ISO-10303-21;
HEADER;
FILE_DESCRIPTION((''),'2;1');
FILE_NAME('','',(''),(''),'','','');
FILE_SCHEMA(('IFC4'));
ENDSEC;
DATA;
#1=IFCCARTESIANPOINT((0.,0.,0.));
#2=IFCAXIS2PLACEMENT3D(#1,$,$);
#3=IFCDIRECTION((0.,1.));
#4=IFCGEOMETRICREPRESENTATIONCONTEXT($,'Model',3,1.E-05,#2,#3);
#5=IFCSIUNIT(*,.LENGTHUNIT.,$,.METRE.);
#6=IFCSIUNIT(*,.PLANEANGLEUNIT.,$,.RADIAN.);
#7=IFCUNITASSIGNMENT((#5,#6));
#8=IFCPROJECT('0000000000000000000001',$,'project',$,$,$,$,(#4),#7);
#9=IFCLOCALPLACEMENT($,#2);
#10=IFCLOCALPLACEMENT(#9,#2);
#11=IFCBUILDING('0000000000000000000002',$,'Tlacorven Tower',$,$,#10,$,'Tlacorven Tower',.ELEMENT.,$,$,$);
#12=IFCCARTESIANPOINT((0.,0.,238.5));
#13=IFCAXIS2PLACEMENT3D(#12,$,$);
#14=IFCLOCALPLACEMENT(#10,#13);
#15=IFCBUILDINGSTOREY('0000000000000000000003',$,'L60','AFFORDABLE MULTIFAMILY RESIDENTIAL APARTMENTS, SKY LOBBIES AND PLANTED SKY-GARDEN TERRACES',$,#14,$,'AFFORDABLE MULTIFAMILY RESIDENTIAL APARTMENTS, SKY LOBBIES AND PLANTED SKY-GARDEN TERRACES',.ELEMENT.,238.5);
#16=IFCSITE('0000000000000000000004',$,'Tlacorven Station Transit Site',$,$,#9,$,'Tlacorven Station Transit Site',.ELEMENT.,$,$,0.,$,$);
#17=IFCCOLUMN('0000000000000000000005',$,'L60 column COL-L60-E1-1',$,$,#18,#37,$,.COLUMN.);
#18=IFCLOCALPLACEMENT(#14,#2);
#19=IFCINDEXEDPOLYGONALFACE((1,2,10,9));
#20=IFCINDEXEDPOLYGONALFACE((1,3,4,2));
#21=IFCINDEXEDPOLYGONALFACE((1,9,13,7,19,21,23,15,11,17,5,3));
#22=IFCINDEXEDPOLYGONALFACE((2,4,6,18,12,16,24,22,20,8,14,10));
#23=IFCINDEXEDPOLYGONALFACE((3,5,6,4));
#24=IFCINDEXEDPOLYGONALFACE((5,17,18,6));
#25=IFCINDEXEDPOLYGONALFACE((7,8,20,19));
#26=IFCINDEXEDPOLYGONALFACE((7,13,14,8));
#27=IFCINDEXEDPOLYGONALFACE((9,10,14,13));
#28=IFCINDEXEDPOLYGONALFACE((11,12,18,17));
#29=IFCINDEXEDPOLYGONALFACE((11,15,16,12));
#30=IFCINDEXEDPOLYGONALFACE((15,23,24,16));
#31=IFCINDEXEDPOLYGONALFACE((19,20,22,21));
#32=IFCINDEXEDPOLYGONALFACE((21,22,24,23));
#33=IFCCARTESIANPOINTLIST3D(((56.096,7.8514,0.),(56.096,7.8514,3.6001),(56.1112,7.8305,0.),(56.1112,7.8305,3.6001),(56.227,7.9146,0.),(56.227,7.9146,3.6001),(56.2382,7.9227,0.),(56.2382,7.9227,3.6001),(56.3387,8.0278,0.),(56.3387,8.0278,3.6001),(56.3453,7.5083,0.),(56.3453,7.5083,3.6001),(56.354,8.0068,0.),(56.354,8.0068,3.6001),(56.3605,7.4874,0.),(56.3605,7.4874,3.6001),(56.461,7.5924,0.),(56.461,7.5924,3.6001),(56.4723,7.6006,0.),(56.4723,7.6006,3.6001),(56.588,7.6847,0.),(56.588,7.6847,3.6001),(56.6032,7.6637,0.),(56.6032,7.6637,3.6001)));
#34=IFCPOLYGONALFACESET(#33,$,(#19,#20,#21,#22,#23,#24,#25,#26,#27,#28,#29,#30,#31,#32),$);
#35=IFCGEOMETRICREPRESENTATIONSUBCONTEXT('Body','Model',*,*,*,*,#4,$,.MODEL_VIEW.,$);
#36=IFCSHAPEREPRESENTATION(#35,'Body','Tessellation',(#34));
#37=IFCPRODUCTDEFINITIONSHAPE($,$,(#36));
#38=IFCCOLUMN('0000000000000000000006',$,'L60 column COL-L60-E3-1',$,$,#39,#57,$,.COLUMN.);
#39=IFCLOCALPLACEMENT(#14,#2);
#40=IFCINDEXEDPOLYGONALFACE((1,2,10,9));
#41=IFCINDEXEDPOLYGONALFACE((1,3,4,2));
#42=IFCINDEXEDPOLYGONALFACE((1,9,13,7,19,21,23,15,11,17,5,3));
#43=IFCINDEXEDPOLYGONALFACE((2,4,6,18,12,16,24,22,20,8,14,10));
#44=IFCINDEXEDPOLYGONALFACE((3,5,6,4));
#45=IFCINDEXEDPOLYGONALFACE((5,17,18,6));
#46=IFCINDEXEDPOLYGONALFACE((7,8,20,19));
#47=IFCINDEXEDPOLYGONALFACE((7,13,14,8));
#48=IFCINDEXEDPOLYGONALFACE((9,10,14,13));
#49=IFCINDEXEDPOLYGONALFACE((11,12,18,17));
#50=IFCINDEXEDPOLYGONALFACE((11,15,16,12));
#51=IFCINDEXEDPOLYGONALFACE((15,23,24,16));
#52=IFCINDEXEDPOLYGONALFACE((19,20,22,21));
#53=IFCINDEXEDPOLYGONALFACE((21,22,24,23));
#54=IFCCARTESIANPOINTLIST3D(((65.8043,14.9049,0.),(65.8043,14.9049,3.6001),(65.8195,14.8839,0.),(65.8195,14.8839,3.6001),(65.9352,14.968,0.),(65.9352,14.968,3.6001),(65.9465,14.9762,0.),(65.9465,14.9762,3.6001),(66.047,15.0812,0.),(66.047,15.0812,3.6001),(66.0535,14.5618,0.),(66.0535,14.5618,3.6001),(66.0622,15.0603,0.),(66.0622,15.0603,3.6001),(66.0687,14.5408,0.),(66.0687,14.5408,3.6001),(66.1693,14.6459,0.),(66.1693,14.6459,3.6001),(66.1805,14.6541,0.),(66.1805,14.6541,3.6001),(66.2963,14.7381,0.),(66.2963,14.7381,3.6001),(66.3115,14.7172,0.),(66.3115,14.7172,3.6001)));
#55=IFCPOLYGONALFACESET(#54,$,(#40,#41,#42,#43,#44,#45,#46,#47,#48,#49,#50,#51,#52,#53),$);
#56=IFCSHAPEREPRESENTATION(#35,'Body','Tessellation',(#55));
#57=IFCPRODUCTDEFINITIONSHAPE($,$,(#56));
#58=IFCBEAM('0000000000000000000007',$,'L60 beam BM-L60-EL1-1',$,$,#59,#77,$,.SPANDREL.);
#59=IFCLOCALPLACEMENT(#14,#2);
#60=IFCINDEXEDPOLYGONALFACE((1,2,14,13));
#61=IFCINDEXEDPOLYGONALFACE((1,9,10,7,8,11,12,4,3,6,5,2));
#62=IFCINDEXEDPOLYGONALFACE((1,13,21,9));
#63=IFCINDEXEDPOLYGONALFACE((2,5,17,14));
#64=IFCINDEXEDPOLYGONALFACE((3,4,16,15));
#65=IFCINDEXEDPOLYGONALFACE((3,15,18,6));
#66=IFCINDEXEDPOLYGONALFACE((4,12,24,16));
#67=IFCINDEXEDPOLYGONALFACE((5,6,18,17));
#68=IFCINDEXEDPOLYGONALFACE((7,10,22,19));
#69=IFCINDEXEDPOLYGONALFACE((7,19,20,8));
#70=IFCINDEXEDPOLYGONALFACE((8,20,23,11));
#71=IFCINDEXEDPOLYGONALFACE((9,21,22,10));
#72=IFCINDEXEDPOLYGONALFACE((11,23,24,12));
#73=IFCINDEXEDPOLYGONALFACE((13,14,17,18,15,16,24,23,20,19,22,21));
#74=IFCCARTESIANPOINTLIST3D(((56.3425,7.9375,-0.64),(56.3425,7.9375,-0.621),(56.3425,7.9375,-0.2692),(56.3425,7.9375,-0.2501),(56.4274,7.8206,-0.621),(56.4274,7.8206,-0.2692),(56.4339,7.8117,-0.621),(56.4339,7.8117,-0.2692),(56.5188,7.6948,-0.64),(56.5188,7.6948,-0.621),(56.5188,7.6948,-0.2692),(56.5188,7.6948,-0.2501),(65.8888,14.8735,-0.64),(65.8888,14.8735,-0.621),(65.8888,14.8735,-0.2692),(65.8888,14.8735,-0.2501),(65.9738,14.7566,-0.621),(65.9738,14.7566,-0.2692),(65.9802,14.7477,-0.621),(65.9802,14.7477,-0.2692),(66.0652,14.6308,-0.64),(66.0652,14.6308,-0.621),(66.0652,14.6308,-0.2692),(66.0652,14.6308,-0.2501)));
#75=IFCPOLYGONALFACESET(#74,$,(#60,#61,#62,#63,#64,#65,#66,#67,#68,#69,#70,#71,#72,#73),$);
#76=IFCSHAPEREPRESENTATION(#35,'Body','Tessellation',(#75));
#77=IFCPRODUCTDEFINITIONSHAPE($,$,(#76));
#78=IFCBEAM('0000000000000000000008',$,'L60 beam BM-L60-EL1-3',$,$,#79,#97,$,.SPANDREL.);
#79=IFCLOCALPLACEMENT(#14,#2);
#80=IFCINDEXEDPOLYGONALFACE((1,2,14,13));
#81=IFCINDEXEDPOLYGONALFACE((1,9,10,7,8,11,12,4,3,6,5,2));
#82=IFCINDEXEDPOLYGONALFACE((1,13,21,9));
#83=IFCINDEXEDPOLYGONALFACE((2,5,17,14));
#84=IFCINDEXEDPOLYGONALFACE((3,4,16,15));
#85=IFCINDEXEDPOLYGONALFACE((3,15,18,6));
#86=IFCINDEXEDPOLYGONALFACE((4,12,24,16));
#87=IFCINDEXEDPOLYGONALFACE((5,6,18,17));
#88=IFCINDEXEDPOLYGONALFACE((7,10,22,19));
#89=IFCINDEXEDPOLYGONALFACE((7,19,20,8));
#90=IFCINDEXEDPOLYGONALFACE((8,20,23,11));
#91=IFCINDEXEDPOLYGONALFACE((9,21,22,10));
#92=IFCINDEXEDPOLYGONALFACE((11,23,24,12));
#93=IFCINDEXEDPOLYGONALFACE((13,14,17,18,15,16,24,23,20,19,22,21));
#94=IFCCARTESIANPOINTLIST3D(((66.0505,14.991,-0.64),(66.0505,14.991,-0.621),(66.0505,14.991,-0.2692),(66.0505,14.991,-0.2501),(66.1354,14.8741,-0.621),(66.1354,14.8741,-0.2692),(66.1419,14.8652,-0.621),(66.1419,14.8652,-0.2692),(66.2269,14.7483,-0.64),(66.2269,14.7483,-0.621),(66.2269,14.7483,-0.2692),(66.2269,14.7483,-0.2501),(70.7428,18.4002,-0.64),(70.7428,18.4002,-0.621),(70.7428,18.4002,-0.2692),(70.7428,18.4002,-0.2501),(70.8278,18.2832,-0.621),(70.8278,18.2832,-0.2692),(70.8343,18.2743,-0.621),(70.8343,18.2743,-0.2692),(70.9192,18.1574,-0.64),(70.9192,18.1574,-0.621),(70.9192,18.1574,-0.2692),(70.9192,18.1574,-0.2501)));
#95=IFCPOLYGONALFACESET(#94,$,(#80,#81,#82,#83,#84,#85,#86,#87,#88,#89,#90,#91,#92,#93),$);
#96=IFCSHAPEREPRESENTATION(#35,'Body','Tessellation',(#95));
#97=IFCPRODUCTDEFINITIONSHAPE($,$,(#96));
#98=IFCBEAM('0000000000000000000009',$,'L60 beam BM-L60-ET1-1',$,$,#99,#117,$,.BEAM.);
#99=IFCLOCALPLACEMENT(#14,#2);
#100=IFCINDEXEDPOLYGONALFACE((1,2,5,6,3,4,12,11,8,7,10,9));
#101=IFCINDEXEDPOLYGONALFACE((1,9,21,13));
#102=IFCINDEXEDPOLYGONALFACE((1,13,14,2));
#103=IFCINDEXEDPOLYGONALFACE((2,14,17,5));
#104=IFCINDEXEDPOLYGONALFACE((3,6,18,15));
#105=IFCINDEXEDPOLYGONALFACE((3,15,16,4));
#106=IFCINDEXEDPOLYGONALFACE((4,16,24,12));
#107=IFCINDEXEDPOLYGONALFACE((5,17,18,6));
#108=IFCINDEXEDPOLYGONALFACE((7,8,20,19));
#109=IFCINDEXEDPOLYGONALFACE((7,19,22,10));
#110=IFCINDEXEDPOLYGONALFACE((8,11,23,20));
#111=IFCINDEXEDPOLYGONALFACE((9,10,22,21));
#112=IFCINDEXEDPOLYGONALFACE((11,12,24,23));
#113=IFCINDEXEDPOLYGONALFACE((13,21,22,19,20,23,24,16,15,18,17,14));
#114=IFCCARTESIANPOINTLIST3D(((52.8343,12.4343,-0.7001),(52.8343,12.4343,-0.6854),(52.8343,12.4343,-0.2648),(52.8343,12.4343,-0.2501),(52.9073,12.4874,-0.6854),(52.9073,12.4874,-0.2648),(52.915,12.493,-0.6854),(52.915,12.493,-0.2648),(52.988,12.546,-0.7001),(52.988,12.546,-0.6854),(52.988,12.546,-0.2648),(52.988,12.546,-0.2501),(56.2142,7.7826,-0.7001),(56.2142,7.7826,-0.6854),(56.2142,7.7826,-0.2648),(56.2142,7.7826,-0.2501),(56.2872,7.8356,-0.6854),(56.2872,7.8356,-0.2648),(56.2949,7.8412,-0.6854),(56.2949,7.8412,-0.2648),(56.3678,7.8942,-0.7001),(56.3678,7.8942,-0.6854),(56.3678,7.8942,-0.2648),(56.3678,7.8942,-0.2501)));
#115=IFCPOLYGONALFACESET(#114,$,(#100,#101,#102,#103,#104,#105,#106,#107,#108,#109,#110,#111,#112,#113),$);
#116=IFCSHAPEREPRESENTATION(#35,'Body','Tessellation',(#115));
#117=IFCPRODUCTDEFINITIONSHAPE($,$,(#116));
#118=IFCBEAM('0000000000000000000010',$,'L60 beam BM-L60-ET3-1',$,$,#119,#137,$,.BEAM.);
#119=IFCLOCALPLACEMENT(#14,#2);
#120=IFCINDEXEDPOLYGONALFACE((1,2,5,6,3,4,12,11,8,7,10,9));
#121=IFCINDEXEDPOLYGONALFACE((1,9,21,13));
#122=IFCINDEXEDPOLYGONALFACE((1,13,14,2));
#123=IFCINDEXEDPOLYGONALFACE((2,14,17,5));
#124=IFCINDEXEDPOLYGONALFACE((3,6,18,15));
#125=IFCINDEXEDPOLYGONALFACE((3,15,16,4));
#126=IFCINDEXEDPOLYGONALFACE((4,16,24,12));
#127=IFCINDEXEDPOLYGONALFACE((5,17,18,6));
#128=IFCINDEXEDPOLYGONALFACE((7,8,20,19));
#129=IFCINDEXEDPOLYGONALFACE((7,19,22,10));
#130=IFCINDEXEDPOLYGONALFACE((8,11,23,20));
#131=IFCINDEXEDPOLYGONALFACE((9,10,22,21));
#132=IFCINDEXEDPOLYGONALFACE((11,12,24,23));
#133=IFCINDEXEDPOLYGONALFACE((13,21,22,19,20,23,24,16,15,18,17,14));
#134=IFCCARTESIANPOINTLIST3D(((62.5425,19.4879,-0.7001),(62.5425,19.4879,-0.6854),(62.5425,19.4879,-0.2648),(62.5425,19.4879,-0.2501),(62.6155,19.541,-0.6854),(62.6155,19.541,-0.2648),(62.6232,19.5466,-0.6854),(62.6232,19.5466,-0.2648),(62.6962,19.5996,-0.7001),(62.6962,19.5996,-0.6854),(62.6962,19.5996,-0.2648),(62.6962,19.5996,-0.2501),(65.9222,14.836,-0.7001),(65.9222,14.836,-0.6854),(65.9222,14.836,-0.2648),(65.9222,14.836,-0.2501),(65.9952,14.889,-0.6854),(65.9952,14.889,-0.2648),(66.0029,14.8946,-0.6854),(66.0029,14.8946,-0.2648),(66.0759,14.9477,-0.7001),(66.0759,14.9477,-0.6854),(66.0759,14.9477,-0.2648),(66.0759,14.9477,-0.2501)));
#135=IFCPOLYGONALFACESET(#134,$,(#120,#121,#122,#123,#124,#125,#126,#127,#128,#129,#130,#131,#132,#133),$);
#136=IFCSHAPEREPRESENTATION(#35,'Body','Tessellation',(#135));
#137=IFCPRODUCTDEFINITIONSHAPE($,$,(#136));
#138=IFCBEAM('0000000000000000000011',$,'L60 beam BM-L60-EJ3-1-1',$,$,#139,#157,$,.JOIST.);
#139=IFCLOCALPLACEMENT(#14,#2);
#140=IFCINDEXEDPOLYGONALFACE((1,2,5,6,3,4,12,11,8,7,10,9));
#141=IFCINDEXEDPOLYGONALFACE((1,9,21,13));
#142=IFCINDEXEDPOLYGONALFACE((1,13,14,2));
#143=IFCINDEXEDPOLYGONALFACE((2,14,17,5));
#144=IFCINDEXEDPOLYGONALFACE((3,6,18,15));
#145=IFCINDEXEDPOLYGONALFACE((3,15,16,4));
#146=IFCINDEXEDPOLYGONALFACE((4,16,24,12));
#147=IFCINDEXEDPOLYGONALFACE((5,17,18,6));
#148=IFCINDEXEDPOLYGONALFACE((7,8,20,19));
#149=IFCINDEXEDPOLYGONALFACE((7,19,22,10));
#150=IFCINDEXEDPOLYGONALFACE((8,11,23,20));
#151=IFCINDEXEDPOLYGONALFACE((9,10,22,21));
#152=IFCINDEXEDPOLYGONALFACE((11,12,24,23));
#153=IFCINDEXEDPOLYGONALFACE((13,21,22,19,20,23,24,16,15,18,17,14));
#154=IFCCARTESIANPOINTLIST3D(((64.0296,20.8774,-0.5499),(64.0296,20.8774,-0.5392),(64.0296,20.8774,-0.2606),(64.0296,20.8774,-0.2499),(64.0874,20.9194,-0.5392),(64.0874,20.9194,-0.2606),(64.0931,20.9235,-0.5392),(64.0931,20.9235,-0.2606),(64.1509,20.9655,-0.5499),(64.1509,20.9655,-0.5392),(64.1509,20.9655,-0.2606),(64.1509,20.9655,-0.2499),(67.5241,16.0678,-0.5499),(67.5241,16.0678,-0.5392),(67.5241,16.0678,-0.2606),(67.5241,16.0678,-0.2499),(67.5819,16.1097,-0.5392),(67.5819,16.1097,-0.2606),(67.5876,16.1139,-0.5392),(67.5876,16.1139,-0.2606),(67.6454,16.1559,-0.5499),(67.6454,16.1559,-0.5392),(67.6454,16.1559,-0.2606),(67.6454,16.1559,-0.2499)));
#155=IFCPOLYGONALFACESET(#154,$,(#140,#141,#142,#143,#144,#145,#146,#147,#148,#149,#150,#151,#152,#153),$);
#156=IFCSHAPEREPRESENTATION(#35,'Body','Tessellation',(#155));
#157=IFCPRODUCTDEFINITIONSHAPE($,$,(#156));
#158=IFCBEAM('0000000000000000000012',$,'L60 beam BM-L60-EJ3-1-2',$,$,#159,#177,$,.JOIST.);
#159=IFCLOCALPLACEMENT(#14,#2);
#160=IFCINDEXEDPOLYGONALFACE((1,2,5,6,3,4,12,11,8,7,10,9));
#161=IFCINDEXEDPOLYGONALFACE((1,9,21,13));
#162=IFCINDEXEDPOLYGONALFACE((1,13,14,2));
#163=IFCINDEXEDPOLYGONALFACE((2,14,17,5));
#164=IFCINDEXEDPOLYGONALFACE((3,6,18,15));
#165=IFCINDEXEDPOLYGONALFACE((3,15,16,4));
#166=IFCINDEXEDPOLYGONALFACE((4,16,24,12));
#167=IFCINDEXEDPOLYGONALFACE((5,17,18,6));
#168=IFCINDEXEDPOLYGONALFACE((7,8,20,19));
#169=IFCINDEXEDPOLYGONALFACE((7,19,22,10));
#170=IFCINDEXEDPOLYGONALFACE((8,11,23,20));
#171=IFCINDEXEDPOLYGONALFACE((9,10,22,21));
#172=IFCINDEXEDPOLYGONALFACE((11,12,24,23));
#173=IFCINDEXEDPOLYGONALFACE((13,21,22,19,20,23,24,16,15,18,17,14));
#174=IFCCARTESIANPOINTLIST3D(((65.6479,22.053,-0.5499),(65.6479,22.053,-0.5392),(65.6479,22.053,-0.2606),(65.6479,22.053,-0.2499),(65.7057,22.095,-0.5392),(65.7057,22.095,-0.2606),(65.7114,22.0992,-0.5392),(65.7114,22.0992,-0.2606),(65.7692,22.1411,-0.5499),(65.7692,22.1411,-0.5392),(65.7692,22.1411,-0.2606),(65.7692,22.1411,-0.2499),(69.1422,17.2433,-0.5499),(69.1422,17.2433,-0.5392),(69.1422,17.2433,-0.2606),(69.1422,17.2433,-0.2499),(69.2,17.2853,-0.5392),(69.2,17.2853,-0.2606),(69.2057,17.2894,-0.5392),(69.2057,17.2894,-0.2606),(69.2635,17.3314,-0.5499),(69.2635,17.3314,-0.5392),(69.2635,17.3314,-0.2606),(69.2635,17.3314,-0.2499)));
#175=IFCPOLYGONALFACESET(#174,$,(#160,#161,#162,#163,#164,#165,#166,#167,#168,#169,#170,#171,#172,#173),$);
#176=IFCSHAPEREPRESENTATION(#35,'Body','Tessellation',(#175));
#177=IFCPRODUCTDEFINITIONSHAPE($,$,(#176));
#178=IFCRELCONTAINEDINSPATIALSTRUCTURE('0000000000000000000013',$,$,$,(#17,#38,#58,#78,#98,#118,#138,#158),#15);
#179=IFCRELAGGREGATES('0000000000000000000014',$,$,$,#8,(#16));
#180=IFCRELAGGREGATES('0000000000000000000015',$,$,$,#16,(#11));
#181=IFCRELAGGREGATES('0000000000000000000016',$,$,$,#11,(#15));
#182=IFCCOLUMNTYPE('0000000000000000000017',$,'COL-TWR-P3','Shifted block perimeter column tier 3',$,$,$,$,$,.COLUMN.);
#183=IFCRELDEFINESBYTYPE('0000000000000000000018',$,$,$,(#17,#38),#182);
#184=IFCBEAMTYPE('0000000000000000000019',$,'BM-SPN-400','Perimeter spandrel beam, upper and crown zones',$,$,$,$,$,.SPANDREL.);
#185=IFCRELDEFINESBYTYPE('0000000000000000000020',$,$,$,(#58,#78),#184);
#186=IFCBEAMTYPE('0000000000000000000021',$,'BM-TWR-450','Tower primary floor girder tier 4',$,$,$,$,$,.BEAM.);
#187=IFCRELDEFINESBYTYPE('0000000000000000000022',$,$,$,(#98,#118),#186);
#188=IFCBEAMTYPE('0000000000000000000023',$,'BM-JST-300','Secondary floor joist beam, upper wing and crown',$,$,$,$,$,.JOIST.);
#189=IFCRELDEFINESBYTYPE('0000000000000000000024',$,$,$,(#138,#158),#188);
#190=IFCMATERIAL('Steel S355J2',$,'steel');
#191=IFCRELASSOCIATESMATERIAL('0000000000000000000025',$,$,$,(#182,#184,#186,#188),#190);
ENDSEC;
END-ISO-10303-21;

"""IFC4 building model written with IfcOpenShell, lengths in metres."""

from ifc_helpers import new_model, si_unit, direction, frame, origin, origin_2d, place, context, subcontext, project, spatial, i_section, extrude, source, transform, mapped, material, material_profile, profile_set, type_object, element, save


model = new_model("IFC4")

# Units and contexts
model_context = context("Model", 3, precision=1e-05, world=origin(), true_north=direction((0.0, 1.0)))
body_context = subcontext(model_context, "Body", "Model", "MODEL_VIEW")
ifc_project = project(units=[si_unit("LENGTHUNIT", "METRE"), si_unit("PLANEANGLEUNIT", "RADIAN")], contexts=[model_context])

# Site, building, storey
site_placement = place(None, origin())
site = spatial("IfcSite", under=ifc_project, at=site_placement, Name="Tlacorven Station Transit Site", LongName="Tlacorven Station Transit Site", CompositionType="ELEMENT", RefElevation=0.0)
building_placement = place(site_placement, origin())
building = spatial("IfcBuilding", under=site, at=building_placement, Name="Tlacorven Tower", LongName="Tlacorven Tower", CompositionType="ELEMENT")
storey_placement = place(building_placement, frame((0.0, 0.0, 238.5)))
storey = spatial("IfcBuildingStorey", under=building, at=storey_placement, Name="L60", Description="AFFORDABLE MULTIFAMILY RESIDENTIAL APARTMENTS, SKY LOBBIES AND PLANTED SKY-GARDEN TERRACES", LongName="AFFORDABLE MULTIFAMILY RESIDENTIAL APARTMENTS, SKY LOBBIES AND PLANTED SKY-GARDEN TERRACES", CompositionType="ELEMENT", Elevation=238.5)

# Columns
ifc_material_1 = material(Name="Steel S355J2", Category="steel")
ifc_material_profile_1 = material_profile(ifc_material_1, i_section(OverallWidth=0.3, OverallDepth=0.45, WebThickness=0.0139, FlangeThickness=0.0259, at=origin_2d()), Name="HEB 450")
ifc_profile_set_1 = profile_set([ifc_material_profile_1], Name="Steel S355J2")
column_type = type_object("IfcColumnType", Name="COL-TWR-P3", Description="Shifted block perimeter column tier 3", PredefinedType="COLUMN", material=ifc_profile_set_1)
shared_shape_1 = source(origin(), body_context, "Body", "SweptSolid", [
    extrude(i_section(OverallWidth=0.3, OverallDepth=0.45, WebThickness=0.0139, FlangeThickness=0.0259, at=origin_2d()), origin(), (0.0, 0.0, 1.0), 3.6001),
])
for number, where, z_axis, x_axis, name in (
    (1, (56.3496, 7.7576, 0.0), (0.0, 0.0, 1.0), (0.809017, 0.587785, 0.0), "L60 column COL-L60-E1-1"),
    (2, (66.0579, 14.811, 0.0), (0.0, 0.0, 1.0), (0.809017, 0.587785, 0.0), "L60 column COL-L60-E3-1"),
):
    element("IfcColumn", number, at=place(storey_placement, frame(where, z_axis=z_axis, x_axis=x_axis)), inside=storey, type_object=column_type, Name=name, PredefinedType="COLUMN", context=body_context, shape_type="MappedRepresentation", body=[
        mapped(shared_shape_1, transform((0.0, 0.0, 0.0), scale=1.0)),
    ])

# Beams
ifc_material_profile_2 = material_profile(ifc_material_1, i_section(OverallWidth=0.3, OverallDepth=0.3899, WebThickness=0.011, FlangeThickness=0.019, at=origin_2d()), Name="HEA 400")
ifc_profile_set_2 = profile_set([ifc_material_profile_2], Name="Steel S355J2")
beam_type_1 = type_object("IfcBeamType", Name="BM-SPN-400", Description="Perimeter spandrel beam, upper and crown zones", PredefinedType="SPANDREL", material=ifc_profile_set_2)
shared_shape_2 = source(origin(), body_context, "Body", "SweptSolid", [
    extrude(i_section(OverallWidth=0.3, OverallDepth=0.3899, WebThickness=0.011, FlangeThickness=0.019, at=origin_2d()), origin(), (0.0, 0.0, 1.0), 11.8),
])
beam_1_placement = place(storey_placement, frame((56.4307, 7.8162, -0.4451), z_axis=(0.80901, 0.587795, 0.0), x_axis=(-0.587795, 0.80901, 0.0)))
element("IfcBeam", 3, at=beam_1_placement, inside=storey, type_object=beam_type_1, Name="L60 beam BM-L60-EL1-1", PredefinedType="SPANDREL", context=body_context, shape_type="MappedRepresentation", body=[
    mapped(shared_shape_2, transform((0.0, 0.0, 0.0), scale=1.0)),
])
shared_shape_3 = source(origin(), body_context, "Body", "SweptSolid", [
    extrude(i_section(OverallWidth=0.3, OverallDepth=0.3899, WebThickness=0.011, FlangeThickness=0.019, at=origin_2d()), origin(), (0.0, 0.0, 1.0), 5.8),
])
beam_2_placement = place(storey_placement, frame((66.1387, 14.8696, -0.4451), z_axis=(0.80902, 0.587781, 0.0), x_axis=(-0.587781, 0.80902, 0.0)))
element("IfcBeam", 4, at=beam_2_placement, inside=storey, type_object=beam_type_1, Name="L60 beam BM-L60-EL1-3", PredefinedType="SPANDREL", context=body_context, shape_type="MappedRepresentation", body=[
    mapped(shared_shape_3, transform((0.0, 0.0, 0.0), scale=1.0)),
])
ifc_material_profile_3 = material_profile(ifc_material_1, i_section(OverallWidth=0.1899, OverallDepth=0.45, WebThickness=0.0095, FlangeThickness=0.0146, at=origin_2d()), Name="IPE 450")
ifc_profile_set_3 = profile_set([ifc_material_profile_3], Name="Steel S355J2")
beam_type_2 = type_object("IfcBeamType", Name="BM-TWR-450", Description="Tower primary floor girder tier 4", PredefinedType="BEAM", material=ifc_profile_set_3)
shared_shape_4 = source(origin(), body_context, "Body", "SweptSolid", [
    extrude(i_section(OverallWidth=0.1899, OverallDepth=0.45, WebThickness=0.0095, FlangeThickness=0.0146, at=origin_2d()), origin(), (0.0, 0.0, 1.0), 5.75),
])
for number, where, z_axis, x_axis, name in (
    (5, (56.291, 7.8384, -0.4751), (-0.587798, 0.809008, 0.0), (-0.809008, -0.587798, 0.0), "L60 beam BM-L60-ET1-1"),
    (6, (65.999, 14.8918, -0.4751), (-0.58777, 0.809028, 0.0), (-0.809028, -0.58777, 0.0), "L60 beam BM-L60-ET3-1"),
):
    element("IfcBeam", number, at=place(storey_placement, frame(where, z_axis=z_axis, x_axis=x_axis)), inside=storey, type_object=beam_type_2, Name=name, PredefinedType="BEAM", context=body_context, shape_type="MappedRepresentation", body=[
        mapped(shared_shape_4, transform((0.0, 0.0, 0.0), scale=1.0)),
    ])
ifc_material_profile_4 = material_profile(ifc_material_1, i_section(OverallWidth=0.1499, OverallDepth=0.3, WebThickness=0.0071, FlangeThickness=0.0107, at=origin_2d()), Name="IPE 300")
ifc_profile_set_4 = profile_set([ifc_material_profile_4], Name="Steel S355J2")
beam_type_3 = type_object("IfcBeamType", Name="BM-JST-300", Description="Secondary floor joist beam, upper wing and crown", PredefinedType="JOIST", material=ifc_profile_set_4)
shared_shape_5 = source(origin(), body_context, "Body", "SweptSolid", [
    extrude(i_section(OverallWidth=0.1499, OverallDepth=0.3, WebThickness=0.0071, FlangeThickness=0.0107, at=origin_2d()), origin(), (0.0, 0.0, 1.0), 5.9451),
])
for number, where, z_axis, x_axis, name in (
    (7, (67.5847, 16.1118, -0.3999), (-0.587788, 0.809015, 0.0), (-0.809015, -0.587788, 0.0), "L60 beam BM-L60-EJ3-1-1"),
    (8, (69.2029, 17.2874, -0.3999), (-0.587769, 0.809029, 0.0), (-0.809029, -0.587769, 0.0), "L60 beam BM-L60-EJ3-1-2"),
):
    element("IfcBeam", number, at=place(storey_placement, frame(where, z_axis=z_axis, x_axis=x_axis)), inside=storey, type_object=beam_type_3, Name=name, PredefinedType="JOIST", context=body_context, shape_type="MappedRepresentation", body=[
        mapped(shared_shape_5, transform((0.0, 0.0, 0.0), scale=1.0)),
    ])

save(model, "model.ifc")
